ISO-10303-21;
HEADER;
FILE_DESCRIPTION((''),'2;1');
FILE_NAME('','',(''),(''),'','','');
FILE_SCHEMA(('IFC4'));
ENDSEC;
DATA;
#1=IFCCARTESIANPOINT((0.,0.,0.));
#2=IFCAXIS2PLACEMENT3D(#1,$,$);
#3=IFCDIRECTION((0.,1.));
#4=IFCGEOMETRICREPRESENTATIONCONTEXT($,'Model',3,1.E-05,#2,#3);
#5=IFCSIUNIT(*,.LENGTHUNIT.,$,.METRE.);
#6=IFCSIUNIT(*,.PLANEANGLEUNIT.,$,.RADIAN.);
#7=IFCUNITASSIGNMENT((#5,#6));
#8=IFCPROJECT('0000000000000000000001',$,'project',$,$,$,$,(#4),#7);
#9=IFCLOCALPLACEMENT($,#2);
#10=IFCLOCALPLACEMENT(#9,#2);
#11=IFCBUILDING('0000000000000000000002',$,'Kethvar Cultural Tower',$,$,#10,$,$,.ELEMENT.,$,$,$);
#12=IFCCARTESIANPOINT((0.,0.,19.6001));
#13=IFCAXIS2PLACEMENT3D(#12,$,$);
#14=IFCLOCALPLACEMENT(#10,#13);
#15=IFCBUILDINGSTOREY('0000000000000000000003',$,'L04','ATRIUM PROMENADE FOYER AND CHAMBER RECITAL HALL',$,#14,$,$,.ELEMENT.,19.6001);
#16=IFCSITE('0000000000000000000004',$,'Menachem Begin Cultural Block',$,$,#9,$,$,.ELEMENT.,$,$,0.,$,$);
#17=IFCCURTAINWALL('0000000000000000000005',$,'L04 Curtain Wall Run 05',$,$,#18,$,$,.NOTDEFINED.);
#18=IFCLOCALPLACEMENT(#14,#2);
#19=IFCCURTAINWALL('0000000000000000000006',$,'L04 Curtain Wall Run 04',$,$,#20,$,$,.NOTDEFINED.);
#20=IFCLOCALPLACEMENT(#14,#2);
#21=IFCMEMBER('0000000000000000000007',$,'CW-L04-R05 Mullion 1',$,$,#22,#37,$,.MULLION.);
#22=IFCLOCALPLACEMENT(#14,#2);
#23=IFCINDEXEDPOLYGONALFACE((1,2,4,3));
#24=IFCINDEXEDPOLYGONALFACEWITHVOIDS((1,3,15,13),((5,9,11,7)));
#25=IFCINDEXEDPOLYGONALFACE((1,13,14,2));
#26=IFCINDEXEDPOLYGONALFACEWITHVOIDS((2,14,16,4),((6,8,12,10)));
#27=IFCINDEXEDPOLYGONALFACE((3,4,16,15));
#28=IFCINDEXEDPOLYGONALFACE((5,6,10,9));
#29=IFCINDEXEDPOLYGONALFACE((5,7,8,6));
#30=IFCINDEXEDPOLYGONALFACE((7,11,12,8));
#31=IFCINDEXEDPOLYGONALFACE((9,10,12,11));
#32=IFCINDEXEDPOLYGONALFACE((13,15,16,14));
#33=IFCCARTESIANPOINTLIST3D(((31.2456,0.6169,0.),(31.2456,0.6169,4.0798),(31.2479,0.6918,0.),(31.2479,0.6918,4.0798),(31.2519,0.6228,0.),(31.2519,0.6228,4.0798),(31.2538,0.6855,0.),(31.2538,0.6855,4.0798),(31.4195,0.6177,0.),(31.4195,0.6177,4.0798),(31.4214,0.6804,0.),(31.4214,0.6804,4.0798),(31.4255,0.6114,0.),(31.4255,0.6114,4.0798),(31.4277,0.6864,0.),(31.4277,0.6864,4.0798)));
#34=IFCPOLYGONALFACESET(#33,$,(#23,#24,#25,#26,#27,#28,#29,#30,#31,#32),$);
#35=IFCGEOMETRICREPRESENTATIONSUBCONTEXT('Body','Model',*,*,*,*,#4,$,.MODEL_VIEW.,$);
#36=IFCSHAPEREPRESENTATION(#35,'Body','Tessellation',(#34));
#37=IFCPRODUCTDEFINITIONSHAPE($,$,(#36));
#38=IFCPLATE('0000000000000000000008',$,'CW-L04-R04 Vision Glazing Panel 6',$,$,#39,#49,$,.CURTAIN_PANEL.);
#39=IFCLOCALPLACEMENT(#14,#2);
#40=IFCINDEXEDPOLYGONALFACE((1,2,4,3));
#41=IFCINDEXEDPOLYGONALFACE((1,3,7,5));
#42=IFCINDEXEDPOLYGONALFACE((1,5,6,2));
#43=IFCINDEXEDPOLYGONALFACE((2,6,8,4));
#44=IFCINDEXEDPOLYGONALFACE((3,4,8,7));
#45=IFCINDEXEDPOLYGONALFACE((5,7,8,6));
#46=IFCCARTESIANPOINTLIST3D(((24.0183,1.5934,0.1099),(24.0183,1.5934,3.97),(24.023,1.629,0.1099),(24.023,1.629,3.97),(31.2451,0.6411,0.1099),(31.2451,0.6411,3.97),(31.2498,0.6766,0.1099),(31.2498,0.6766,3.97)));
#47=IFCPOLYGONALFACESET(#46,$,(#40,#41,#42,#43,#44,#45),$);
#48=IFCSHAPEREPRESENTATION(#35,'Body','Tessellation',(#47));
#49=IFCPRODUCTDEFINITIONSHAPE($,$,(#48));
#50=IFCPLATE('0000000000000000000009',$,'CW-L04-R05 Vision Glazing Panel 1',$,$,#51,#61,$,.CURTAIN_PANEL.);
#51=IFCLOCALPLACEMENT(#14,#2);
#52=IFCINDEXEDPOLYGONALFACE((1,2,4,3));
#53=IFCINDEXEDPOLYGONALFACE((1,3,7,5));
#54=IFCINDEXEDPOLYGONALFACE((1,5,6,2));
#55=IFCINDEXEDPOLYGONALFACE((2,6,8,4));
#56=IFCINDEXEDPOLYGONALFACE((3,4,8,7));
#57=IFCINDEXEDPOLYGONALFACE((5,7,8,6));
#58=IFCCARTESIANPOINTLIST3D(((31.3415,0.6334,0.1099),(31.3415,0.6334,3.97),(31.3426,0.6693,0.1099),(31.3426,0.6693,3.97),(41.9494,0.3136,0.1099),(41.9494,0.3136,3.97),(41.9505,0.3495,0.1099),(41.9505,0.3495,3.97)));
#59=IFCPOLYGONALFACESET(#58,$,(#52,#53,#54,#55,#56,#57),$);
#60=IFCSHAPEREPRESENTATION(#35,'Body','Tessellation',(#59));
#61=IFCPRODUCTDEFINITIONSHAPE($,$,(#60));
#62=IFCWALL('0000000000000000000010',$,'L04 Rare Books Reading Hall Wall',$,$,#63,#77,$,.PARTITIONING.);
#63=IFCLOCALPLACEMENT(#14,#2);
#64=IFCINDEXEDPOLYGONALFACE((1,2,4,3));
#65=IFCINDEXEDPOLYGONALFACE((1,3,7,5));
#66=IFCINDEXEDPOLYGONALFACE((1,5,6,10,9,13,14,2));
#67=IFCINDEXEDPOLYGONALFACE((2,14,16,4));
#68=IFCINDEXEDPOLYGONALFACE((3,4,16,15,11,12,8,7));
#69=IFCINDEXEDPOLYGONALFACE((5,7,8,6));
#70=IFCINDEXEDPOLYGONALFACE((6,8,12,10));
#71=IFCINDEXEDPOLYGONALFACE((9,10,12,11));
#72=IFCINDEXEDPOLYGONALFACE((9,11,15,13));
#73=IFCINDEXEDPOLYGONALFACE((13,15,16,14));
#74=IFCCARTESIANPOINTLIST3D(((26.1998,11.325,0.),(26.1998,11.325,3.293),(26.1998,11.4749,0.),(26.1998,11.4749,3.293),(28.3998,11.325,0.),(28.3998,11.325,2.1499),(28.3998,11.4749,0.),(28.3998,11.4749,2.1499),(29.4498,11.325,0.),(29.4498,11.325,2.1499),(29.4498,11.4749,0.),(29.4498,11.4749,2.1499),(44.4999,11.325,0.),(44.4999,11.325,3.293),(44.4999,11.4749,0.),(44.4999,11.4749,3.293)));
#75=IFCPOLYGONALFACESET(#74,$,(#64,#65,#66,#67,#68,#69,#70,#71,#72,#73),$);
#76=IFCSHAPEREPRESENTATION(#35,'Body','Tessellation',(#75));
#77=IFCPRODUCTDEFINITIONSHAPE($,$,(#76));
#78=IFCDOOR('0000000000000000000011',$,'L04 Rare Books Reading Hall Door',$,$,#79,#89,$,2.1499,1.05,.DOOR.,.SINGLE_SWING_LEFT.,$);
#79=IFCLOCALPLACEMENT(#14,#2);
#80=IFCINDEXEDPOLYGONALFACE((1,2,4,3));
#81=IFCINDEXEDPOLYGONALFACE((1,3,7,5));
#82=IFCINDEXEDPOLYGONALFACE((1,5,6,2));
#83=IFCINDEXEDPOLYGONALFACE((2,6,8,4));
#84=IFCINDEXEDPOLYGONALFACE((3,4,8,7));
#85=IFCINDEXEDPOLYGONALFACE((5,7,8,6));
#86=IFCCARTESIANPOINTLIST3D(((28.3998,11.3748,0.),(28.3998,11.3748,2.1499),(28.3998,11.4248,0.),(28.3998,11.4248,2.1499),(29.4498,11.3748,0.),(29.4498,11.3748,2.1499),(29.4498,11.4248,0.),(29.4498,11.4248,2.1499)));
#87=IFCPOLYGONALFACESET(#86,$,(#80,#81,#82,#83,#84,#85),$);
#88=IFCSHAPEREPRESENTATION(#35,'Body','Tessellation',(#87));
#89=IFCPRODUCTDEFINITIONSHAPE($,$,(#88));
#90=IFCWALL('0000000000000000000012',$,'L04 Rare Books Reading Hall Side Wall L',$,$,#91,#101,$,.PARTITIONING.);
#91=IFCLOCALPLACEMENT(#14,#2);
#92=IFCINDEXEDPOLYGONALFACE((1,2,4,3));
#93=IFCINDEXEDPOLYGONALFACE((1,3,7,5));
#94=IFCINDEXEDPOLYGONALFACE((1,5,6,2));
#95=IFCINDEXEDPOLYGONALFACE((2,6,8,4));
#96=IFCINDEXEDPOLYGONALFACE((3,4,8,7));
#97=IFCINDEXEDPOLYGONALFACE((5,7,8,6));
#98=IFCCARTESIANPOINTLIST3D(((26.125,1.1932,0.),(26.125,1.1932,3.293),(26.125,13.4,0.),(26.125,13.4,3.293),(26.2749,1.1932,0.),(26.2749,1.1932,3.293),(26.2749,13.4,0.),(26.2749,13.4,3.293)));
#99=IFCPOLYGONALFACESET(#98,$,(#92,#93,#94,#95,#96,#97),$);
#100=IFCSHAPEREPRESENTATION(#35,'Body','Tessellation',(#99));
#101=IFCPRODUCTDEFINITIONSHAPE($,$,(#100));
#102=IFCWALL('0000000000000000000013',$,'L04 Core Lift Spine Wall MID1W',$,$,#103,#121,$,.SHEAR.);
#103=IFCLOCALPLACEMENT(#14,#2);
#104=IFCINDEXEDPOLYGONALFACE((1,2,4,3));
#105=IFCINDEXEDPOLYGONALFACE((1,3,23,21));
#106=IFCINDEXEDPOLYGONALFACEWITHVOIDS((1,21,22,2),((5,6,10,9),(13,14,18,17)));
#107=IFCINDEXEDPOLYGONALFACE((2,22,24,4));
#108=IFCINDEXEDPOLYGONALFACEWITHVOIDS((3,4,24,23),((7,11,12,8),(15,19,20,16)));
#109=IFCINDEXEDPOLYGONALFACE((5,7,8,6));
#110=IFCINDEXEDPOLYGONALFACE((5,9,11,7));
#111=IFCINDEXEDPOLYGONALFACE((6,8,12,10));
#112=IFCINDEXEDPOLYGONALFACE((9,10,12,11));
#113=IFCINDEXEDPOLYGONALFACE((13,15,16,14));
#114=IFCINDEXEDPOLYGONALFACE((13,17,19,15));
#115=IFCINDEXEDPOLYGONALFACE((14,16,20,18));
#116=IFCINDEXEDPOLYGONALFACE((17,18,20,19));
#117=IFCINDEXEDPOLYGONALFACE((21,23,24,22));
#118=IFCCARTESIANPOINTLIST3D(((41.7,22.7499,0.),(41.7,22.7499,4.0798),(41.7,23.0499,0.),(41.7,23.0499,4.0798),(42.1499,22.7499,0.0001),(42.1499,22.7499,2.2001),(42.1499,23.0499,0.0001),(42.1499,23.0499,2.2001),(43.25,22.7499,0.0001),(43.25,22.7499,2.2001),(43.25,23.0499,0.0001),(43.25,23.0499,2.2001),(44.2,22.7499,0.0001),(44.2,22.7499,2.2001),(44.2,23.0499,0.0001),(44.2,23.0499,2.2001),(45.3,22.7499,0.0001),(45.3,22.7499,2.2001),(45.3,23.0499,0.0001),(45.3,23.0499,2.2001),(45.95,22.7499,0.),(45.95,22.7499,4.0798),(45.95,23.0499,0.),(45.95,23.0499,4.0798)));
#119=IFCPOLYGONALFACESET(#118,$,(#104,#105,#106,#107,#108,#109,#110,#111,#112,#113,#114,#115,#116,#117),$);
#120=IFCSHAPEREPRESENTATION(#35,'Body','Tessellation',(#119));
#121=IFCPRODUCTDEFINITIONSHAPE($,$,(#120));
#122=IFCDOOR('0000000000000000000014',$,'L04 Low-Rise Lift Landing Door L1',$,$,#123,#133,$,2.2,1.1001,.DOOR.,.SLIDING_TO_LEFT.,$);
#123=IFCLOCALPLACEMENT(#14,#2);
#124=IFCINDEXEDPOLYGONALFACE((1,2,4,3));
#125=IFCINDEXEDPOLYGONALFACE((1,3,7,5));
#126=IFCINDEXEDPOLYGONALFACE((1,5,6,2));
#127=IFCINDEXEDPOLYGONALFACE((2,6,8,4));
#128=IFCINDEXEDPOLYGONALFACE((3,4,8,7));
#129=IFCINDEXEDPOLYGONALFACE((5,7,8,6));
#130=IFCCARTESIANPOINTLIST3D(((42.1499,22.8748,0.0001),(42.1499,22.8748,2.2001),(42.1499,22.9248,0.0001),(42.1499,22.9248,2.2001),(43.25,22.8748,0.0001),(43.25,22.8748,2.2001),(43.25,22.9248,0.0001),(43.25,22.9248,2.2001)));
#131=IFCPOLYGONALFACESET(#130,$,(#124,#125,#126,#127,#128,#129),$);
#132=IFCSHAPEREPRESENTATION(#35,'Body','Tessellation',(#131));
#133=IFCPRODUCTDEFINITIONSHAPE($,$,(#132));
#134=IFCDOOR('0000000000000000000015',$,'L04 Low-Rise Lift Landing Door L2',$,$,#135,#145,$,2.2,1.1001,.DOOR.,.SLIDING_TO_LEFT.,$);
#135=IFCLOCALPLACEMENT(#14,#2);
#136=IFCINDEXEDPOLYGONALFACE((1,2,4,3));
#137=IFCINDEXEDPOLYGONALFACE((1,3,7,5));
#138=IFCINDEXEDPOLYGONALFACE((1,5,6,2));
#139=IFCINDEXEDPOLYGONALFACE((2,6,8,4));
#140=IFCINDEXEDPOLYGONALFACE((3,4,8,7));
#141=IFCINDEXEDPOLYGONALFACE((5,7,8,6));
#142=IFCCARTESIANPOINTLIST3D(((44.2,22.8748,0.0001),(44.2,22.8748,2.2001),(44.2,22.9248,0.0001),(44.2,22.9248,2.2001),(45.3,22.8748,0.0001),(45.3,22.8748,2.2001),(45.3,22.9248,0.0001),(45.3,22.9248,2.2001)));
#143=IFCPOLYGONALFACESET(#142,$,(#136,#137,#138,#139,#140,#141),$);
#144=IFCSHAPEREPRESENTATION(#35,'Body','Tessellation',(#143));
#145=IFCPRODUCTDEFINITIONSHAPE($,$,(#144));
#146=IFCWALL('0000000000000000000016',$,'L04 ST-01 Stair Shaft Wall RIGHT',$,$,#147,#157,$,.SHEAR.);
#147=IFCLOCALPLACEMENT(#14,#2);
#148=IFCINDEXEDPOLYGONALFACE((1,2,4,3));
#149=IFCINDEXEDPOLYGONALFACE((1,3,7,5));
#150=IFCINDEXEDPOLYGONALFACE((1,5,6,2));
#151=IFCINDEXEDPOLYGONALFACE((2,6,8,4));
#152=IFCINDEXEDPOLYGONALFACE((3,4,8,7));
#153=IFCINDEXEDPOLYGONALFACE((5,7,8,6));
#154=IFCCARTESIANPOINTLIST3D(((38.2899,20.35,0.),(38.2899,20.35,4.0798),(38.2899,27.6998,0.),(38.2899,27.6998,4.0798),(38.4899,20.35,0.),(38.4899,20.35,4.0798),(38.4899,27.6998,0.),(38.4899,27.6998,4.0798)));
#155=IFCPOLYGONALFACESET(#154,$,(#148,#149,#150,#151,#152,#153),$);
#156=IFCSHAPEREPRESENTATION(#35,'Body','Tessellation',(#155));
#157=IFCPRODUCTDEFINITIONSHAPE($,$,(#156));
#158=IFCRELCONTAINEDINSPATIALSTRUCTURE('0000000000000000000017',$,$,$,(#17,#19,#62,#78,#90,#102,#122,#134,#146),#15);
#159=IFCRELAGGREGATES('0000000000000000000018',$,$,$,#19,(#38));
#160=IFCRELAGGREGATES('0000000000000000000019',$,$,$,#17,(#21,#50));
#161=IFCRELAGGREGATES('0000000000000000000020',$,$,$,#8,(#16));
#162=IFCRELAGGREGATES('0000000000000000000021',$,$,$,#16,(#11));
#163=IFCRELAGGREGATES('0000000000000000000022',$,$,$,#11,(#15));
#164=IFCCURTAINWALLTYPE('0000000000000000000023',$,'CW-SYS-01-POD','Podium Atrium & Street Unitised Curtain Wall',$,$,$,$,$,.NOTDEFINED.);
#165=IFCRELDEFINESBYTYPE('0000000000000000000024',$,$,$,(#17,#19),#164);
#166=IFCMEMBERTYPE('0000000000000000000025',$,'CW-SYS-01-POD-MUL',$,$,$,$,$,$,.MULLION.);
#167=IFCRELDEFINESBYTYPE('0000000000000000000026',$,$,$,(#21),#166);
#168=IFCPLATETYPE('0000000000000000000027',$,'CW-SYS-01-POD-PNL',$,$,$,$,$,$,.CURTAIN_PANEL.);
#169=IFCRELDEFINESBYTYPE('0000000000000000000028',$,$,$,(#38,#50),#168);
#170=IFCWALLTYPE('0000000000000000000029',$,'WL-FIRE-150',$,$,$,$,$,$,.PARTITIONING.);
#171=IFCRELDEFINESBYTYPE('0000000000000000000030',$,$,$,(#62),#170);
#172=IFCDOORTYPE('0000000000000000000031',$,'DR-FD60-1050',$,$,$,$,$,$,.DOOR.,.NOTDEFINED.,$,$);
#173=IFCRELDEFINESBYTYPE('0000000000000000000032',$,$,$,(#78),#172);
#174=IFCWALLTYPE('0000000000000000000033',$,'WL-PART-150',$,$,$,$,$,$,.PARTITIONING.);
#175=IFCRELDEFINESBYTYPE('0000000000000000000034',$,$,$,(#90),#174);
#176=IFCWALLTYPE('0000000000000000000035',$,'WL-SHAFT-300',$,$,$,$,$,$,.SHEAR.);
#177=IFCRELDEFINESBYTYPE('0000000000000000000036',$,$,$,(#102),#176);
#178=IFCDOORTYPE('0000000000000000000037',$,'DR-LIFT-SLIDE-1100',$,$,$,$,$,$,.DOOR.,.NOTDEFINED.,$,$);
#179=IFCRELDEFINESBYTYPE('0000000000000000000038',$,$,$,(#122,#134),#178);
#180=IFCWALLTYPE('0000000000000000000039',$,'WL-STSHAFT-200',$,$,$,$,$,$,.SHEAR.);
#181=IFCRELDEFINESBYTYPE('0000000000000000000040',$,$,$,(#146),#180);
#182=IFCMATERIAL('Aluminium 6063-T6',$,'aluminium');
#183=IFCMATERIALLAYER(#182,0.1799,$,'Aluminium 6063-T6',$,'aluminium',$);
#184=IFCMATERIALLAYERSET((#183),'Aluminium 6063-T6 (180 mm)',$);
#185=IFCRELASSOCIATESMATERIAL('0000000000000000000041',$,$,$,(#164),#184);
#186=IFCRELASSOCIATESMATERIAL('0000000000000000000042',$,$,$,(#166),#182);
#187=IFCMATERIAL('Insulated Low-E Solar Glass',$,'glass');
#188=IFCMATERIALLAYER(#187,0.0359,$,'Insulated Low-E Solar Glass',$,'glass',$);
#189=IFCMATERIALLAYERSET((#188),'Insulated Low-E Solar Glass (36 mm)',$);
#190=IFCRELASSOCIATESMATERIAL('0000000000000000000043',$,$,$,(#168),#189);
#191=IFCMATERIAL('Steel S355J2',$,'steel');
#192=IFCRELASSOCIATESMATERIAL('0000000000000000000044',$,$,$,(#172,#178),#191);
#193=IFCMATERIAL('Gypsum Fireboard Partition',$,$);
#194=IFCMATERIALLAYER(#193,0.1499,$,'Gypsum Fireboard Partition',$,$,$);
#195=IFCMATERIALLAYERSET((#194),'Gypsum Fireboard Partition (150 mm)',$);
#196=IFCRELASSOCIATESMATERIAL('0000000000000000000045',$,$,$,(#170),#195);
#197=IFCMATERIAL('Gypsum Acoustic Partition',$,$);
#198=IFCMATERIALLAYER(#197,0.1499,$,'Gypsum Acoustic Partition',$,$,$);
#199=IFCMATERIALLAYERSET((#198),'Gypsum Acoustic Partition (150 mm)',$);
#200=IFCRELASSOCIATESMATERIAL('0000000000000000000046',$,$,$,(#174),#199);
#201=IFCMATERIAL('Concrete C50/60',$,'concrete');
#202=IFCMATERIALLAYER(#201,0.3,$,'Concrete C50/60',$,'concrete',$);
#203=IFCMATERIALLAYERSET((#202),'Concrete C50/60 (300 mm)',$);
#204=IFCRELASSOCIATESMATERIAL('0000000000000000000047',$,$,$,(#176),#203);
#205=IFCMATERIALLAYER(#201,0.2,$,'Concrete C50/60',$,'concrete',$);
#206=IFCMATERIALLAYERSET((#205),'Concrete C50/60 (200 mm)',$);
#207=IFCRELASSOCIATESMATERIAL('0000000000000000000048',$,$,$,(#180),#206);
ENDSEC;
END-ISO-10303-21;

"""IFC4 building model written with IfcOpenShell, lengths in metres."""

from ifc_helpers import new_model, si_unit, direction, frame, frame_2d, origin, origin_2d, place, context, subcontext, project, spatial, rectangle, hollow_rectangle, extrude, source, transform, mapped, material, layer, layer_set, material_profile, profile_set, type_object, element, fill, aggregate, save


model = new_model("IFC4")

# Units and contexts
model_context = context("Model", 3, precision=1e-05, world=origin(), true_north=direction((0.0, 1.0)))
body_context = subcontext(model_context, "Body", "Model", "MODEL_VIEW")
ifc_project = project(units=[si_unit("LENGTHUNIT", "METRE"), si_unit("PLANEANGLEUNIT", "RADIAN")], contexts=[model_context])

# Site, building, storey
site_placement = place(None, origin())
site = spatial("IfcSite", under=ifc_project, at=site_placement, Name="Menachem Begin Cultural Block", CompositionType="ELEMENT", RefElevation=0.0)
building_placement = place(site_placement, origin())
building = spatial("IfcBuilding", under=site, at=building_placement, Name="Kethvar Cultural Tower", CompositionType="ELEMENT")
storey_placement = place(building_placement, frame((0.0, 0.0, 19.6001)))
storey = spatial("IfcBuildingStorey", under=building, at=storey_placement, Name="L04", Description="ATRIUM PROMENADE FOYER AND CHAMBER RECITAL HALL", CompositionType="ELEMENT", Elevation=19.6001)

# Shared definitions
ifc_material_1 = material(Name="Steel S355J2", Category="steel")

# Curtain walls
ifc_material_2 = material(Name="Aluminium 6063-T6", Category="aluminium")
ifc_layer_1 = layer(ifc_material_2, 0.1799, Name="Aluminium 6063-T6", Category="aluminium")
ifc_layer_set_1 = layer_set([ifc_layer_1], Name="Aluminium 6063-T6 (180 mm)")
curtain_wall_type = type_object("IfcCurtainWallType", Name="CW-SYS-01-POD", Description="Podium Atrium & Street Unitised Curtain Wall", PredefinedType="NOTDEFINED", material=ifc_layer_set_1)
curtain_wall_1_placement = place(storey_placement, origin())
curtain_wall_1 = element("IfcCurtainWall", 1, at=curtain_wall_1_placement, inside=storey, type_object=curtain_wall_type, Name="L04 Curtain Wall Run 05", PredefinedType="NOTDEFINED")
curtain_wall_2_placement = place(storey_placement, origin())
curtain_wall_2 = element("IfcCurtainWall", 2, at=curtain_wall_2_placement, inside=storey, type_object=curtain_wall_type, Name="L04 Curtain Wall Run 04", PredefinedType="NOTDEFINED")
ifc_material_profile_1 = material_profile(ifc_material_2, hollow_rectangle(XDim=0.075, YDim=0.1799, WallThickness=0.0061, at=origin_2d()), Name="Aluminium 6063-T6 — RHS180x75x6")
ifc_profile_set_1 = profile_set([ifc_material_profile_1], Name="Aluminium 6063-T6 — RHS180x75x6")
member_type_1 = type_object("IfcMemberType", Name="CW-SYS-01-POD-MUL", PredefinedType="MULLION", material=ifc_profile_set_1)
shared_shape_1 = source(origin(), body_context, "Body", "SweptSolid", [
    extrude(hollow_rectangle(XDim=0.075, YDim=0.1799, WallThickness=0.0061, at=origin_2d()), origin(), (0.0, 0.0, 1.0), 4.0798),
])

# Member
member_1_placement = place(storey_placement, frame((31.3367, 0.6516, 0.0), z_axis=(0.0, 0.0, 1.0), x_axis=(0.030137, 0.999546, 0.0)))
member_1 = element("IfcMember", 3, at=member_1_placement, type_object=member_type_1, Name="CW-L04-R05 Mullion 1", PredefinedType="MULLION", context=body_context, shape_type="MappedRepresentation", body=[
    mapped(shared_shape_1, transform((0.0, 0.0, 0.0), scale=1.0)),
])

# Plates
ifc_material_3 = material(Name="Insulated Low-E Solar Glass", Category="glass")
ifc_layer_2 = layer(ifc_material_3, 0.0359, Name="Insulated Low-E Solar Glass", Category="glass")
ifc_layer_set_2 = layer_set([ifc_layer_2], Name="Insulated Low-E Solar Glass (36 mm)")
plate_type = type_object("IfcPlateType", Name="CW-SYS-01-POD-PNL", PredefinedType="CURTAIN_PANEL", material=ifc_layer_set_2)
shared_shape_2 = source(origin(), body_context, "Body", "SweptSolid", [
    extrude(rectangle(XDim=7.2893, YDim=0.0359, at=origin_2d()), origin(), (0.0, 0.0, 1.0), 3.8601),
])
plate_1_placement = place(storey_placement, frame((27.634, 1.135, 0.1099), z_axis=(0.0, 0.0, 1.0), x_axis=(0.991429, -0.130647, 0.0)))
plate_1 = element("IfcPlate", 4, at=plate_1_placement, type_object=plate_type, Name="CW-L04-R04 Vision Glazing Panel 6", PredefinedType="CURTAIN_PANEL", context=body_context, shape_type="MappedRepresentation", body=[
    mapped(shared_shape_2, transform((0.0, 0.0, 0.0), scale=1.0)),
])
aggregate(curtain_wall_2, [plate_1])
shared_shape_3 = source(origin(), body_context, "Body", "SweptSolid", [
    extrude(rectangle(XDim=10.6128, YDim=0.0359, at=origin_2d()), origin(), (0.0, 0.0, 1.0), 3.8601),
])
plate_2_placement = place(storey_placement, frame((36.646, 0.4915, 0.1099), z_axis=(0.0, 0.0, 1.0), x_axis=(0.999546, -0.030137, 0.0)))
plate_2 = element("IfcPlate", 5, at=plate_2_placement, type_object=plate_type, Name="CW-L04-R05 Vision Glazing Panel 1", PredefinedType="CURTAIN_PANEL", context=body_context, shape_type="MappedRepresentation", body=[
    mapped(shared_shape_3, transform((0.0, 0.0, 0.0), scale=1.0)),
])
aggregate(curtain_wall_1, [member_1, plate_2])

# Shared definitions
door_type_1 = type_object("IfcDoorType", Name="DR-FD60-1050", OperationType="NOTDEFINED", PredefinedType="DOOR", material=ifc_material_1)
shared_shape_4 = source(origin(), body_context, "Body", "SweptSolid", [
    extrude(rectangle(XDim=1.05, YDim=2.1499, at=frame_2d((0.5249, 1.075))), frame((0.0, 0.0249, 0.0), z_axis=(0.0, -1.0, 0.0), x_axis=(1.0, 0.0, 0.0)), (0.0, 0.0, 1.0), 0.05),
])

# Wall, opening, door
ifc_material_4 = material(Name="Gypsum Fireboard Partition")
ifc_layer_3 = layer(ifc_material_4, 0.1499, Name="Gypsum Fireboard Partition")
ifc_layer_set_3 = layer_set([ifc_layer_3], Name="Gypsum Fireboard Partition (150 mm)")
wall_type_1 = type_object("IfcWallType", Name="WL-FIRE-150", PredefinedType="PARTITIONING", material=ifc_layer_set_3)
wall_1_placement = place(storey_placement, frame((26.2, 11.3999, 0.0), z_axis=(0.0, 0.0, 1.0), x_axis=(1.0, 0.0, 0.0)))
wall_1 = element("IfcWall", 6, at=wall_1_placement, inside=storey, type_object=wall_type_1, Name="L04 Rare Books Reading Hall Wall", PredefinedType="PARTITIONING", context=body_context, shape_type="SweptSolid", body=[
    extrude(rectangle(XDim=18.3, YDim=0.1499, at=frame_2d((9.1499, 0.0))), origin(), (0.0, 0.0, 1.0), 3.293),
])
opening_1_placement = place(wall_1_placement, frame((2.2, 0.0, 0.0)))
opening_1 = element("IfcOpeningElement", 7, at=opening_1_placement, cuts=wall_1, PredefinedType="OPENING", context=body_context, shape_type="SweptSolid", body=[
    extrude(rectangle(XDim=1.05, YDim=2.1499, at=frame_2d((0.5249, 1.075))), frame((0.0, 0.085, 0.0), z_axis=(0.0, -1.0, 0.0), x_axis=(1.0, 0.0, 0.0)), (0.0, 0.0, 1.0), 0.1699),
])
door_1_placement = place(opening_1_placement, origin())
door_1 = element("IfcDoor", 8, at=door_1_placement, inside=storey, type_object=door_type_1, Name="L04 Rare Books Reading Hall Door", OperationType="SINGLE_SWING_LEFT", OverallHeight=2.1499, OverallWidth=1.05, PredefinedType="DOOR", context=body_context, shape_type="MappedRepresentation", body=[
    mapped(shared_shape_4, transform((0.0, 0.0, 0.0), scale=1.0)),
])
fill(opening_1, door_1)

# Wall
ifc_material_5 = material(Name="Gypsum Acoustic Partition")
ifc_layer_4 = layer(ifc_material_5, 0.1499, Name="Gypsum Acoustic Partition")
ifc_layer_set_4 = layer_set([ifc_layer_4], Name="Gypsum Acoustic Partition (150 mm)")
wall_type_2 = type_object("IfcWallType", Name="WL-PART-150", PredefinedType="PARTITIONING", material=ifc_layer_set_4)
wall_2_placement = place(storey_placement, frame((26.2, 1.1931, 0.0), z_axis=(0.0, 0.0, 1.0), x_axis=(0.0, 1.0, 0.0)))
element("IfcWall", 9, at=wall_2_placement, inside=storey, type_object=wall_type_2, Name="L04 Rare Books Reading Hall Side Wall L", PredefinedType="PARTITIONING", context=body_context, shape_type="SweptSolid", body=[
    extrude(rectangle(XDim=12.2068, YDim=0.1499, at=frame_2d((6.1035, 0.0))), origin(), (0.0, 0.0, 1.0), 3.293),
])

# Wall, openings, doors
ifc_material_6 = material(Name="Concrete C50/60", Category="concrete")
ifc_layer_5 = layer(ifc_material_6, 0.3, Name="Concrete C50/60", Category="concrete")
ifc_layer_set_5 = layer_set([ifc_layer_5], Name="Concrete C50/60 (300 mm)")
wall_type_3 = type_object("IfcWallType", Name="WL-SHAFT-300", PredefinedType="SHEAR", material=ifc_layer_set_5)
wall_3_placement = place(storey_placement, frame((41.7, 22.8999, 0.0), z_axis=(0.0, 0.0, 1.0), x_axis=(1.0, 0.0, 0.0)))
wall_3 = element("IfcWall", 10, at=wall_3_placement, inside=storey, type_object=wall_type_3, Name="L04 Core Lift Spine Wall MID1W", PredefinedType="SHEAR", context=body_context, shape_type="SweptSolid", body=[
    extrude(rectangle(XDim=4.25, YDim=0.3, at=frame_2d((2.125, 0.0))), origin(), (0.0, 0.0, 1.0), 4.0798),
])
opening_2_placement = place(wall_3_placement, frame((0.45, 0.0, 0.0)))
opening_2 = element("IfcOpeningElement", 11, at=opening_2_placement, cuts=wall_3, PredefinedType="OPENING", context=body_context, shape_type="SweptSolid", body=[
    extrude(rectangle(XDim=1.1001, YDim=2.2, at=frame_2d((0.55, 1.1001))), frame((0.0, 0.1599, 0.0), z_axis=(0.0, -1.0, 0.0), x_axis=(1.0, 0.0, 0.0)), (0.0, 0.0, 1.0), 0.3201),
])
opening_3_placement = place(wall_3_placement, frame((2.5, 0.0, 0.0)))
opening_3 = element("IfcOpeningElement", 12, at=opening_3_placement, cuts=wall_3, PredefinedType="OPENING", context=body_context, shape_type="SweptSolid", body=[
    extrude(rectangle(XDim=1.1001, YDim=2.2, at=frame_2d((0.55, 1.1001))), frame((0.0, 0.1599, 0.0), z_axis=(0.0, -1.0, 0.0), x_axis=(1.0, 0.0, 0.0)), (0.0, 0.0, 1.0), 0.3201),
])
door_type_2 = type_object("IfcDoorType", Name="DR-LIFT-SLIDE-1100", OperationType="NOTDEFINED", PredefinedType="DOOR", material=ifc_material_1)
shared_shape_5 = source(origin(), body_context, "Body", "SweptSolid", [
    extrude(rectangle(XDim=1.1001, YDim=2.2, at=frame_2d((0.55, 1.1001))), frame((0.0, 0.0249, 0.0), z_axis=(0.0, -1.0, 0.0), x_axis=(1.0, 0.0, 0.0)), (0.0, 0.0, 1.0), 0.05),
])
door_2_placement = place(opening_2_placement, origin())
door_2 = element("IfcDoor", 13, at=door_2_placement, inside=storey, type_object=door_type_2, Name="L04 Low-Rise Lift Landing Door L1", OperationType="SLIDING_TO_LEFT", OverallHeight=2.2, OverallWidth=1.1001, PredefinedType="DOOR", context=body_context, shape_type="MappedRepresentation", body=[
    mapped(shared_shape_5, transform((0.0, 0.0, 0.0), scale=1.0)),
])
fill(opening_2, door_2)
door_3_placement = place(opening_3_placement, origin())
door_3 = element("IfcDoor", 14, at=door_3_placement, inside=storey, type_object=door_type_2, Name="L04 Low-Rise Lift Landing Door L2", OperationType="SLIDING_TO_LEFT", OverallHeight=2.2, OverallWidth=1.1001, PredefinedType="DOOR", context=body_context, shape_type="MappedRepresentation", body=[
    mapped(shared_shape_5, transform((0.0, 0.0, 0.0), scale=1.0)),
])
fill(opening_3, door_3)

# Wall
ifc_layer_6 = layer(ifc_material_6, 0.2, Name="Concrete C50/60", Category="concrete")
ifc_layer_set_6 = layer_set([ifc_layer_6], Name="Concrete C50/60 (200 mm)")
wall_type_4 = type_object("IfcWallType", Name="WL-STSHAFT-200", PredefinedType="SHEAR", material=ifc_layer_set_6)
wall_4_placement = place(storey_placement, frame((38.3899, 20.3501, 0.0), z_axis=(0.0, 0.0, 1.0), x_axis=(0.0, 1.0, 0.0)))
element("IfcWall", 15, at=wall_4_placement, inside=storey, type_object=wall_type_4, Name="L04 ST-01 Stair Shaft Wall RIGHT", PredefinedType="SHEAR", context=body_context, shape_type="SweptSolid", body=[
    extrude(rectangle(XDim=7.3499, YDim=0.2, at=frame_2d((3.6748, 0.0))), origin(), (0.0, 0.0, 1.0), 4.0798),
])

save(model, "model.ifc")
